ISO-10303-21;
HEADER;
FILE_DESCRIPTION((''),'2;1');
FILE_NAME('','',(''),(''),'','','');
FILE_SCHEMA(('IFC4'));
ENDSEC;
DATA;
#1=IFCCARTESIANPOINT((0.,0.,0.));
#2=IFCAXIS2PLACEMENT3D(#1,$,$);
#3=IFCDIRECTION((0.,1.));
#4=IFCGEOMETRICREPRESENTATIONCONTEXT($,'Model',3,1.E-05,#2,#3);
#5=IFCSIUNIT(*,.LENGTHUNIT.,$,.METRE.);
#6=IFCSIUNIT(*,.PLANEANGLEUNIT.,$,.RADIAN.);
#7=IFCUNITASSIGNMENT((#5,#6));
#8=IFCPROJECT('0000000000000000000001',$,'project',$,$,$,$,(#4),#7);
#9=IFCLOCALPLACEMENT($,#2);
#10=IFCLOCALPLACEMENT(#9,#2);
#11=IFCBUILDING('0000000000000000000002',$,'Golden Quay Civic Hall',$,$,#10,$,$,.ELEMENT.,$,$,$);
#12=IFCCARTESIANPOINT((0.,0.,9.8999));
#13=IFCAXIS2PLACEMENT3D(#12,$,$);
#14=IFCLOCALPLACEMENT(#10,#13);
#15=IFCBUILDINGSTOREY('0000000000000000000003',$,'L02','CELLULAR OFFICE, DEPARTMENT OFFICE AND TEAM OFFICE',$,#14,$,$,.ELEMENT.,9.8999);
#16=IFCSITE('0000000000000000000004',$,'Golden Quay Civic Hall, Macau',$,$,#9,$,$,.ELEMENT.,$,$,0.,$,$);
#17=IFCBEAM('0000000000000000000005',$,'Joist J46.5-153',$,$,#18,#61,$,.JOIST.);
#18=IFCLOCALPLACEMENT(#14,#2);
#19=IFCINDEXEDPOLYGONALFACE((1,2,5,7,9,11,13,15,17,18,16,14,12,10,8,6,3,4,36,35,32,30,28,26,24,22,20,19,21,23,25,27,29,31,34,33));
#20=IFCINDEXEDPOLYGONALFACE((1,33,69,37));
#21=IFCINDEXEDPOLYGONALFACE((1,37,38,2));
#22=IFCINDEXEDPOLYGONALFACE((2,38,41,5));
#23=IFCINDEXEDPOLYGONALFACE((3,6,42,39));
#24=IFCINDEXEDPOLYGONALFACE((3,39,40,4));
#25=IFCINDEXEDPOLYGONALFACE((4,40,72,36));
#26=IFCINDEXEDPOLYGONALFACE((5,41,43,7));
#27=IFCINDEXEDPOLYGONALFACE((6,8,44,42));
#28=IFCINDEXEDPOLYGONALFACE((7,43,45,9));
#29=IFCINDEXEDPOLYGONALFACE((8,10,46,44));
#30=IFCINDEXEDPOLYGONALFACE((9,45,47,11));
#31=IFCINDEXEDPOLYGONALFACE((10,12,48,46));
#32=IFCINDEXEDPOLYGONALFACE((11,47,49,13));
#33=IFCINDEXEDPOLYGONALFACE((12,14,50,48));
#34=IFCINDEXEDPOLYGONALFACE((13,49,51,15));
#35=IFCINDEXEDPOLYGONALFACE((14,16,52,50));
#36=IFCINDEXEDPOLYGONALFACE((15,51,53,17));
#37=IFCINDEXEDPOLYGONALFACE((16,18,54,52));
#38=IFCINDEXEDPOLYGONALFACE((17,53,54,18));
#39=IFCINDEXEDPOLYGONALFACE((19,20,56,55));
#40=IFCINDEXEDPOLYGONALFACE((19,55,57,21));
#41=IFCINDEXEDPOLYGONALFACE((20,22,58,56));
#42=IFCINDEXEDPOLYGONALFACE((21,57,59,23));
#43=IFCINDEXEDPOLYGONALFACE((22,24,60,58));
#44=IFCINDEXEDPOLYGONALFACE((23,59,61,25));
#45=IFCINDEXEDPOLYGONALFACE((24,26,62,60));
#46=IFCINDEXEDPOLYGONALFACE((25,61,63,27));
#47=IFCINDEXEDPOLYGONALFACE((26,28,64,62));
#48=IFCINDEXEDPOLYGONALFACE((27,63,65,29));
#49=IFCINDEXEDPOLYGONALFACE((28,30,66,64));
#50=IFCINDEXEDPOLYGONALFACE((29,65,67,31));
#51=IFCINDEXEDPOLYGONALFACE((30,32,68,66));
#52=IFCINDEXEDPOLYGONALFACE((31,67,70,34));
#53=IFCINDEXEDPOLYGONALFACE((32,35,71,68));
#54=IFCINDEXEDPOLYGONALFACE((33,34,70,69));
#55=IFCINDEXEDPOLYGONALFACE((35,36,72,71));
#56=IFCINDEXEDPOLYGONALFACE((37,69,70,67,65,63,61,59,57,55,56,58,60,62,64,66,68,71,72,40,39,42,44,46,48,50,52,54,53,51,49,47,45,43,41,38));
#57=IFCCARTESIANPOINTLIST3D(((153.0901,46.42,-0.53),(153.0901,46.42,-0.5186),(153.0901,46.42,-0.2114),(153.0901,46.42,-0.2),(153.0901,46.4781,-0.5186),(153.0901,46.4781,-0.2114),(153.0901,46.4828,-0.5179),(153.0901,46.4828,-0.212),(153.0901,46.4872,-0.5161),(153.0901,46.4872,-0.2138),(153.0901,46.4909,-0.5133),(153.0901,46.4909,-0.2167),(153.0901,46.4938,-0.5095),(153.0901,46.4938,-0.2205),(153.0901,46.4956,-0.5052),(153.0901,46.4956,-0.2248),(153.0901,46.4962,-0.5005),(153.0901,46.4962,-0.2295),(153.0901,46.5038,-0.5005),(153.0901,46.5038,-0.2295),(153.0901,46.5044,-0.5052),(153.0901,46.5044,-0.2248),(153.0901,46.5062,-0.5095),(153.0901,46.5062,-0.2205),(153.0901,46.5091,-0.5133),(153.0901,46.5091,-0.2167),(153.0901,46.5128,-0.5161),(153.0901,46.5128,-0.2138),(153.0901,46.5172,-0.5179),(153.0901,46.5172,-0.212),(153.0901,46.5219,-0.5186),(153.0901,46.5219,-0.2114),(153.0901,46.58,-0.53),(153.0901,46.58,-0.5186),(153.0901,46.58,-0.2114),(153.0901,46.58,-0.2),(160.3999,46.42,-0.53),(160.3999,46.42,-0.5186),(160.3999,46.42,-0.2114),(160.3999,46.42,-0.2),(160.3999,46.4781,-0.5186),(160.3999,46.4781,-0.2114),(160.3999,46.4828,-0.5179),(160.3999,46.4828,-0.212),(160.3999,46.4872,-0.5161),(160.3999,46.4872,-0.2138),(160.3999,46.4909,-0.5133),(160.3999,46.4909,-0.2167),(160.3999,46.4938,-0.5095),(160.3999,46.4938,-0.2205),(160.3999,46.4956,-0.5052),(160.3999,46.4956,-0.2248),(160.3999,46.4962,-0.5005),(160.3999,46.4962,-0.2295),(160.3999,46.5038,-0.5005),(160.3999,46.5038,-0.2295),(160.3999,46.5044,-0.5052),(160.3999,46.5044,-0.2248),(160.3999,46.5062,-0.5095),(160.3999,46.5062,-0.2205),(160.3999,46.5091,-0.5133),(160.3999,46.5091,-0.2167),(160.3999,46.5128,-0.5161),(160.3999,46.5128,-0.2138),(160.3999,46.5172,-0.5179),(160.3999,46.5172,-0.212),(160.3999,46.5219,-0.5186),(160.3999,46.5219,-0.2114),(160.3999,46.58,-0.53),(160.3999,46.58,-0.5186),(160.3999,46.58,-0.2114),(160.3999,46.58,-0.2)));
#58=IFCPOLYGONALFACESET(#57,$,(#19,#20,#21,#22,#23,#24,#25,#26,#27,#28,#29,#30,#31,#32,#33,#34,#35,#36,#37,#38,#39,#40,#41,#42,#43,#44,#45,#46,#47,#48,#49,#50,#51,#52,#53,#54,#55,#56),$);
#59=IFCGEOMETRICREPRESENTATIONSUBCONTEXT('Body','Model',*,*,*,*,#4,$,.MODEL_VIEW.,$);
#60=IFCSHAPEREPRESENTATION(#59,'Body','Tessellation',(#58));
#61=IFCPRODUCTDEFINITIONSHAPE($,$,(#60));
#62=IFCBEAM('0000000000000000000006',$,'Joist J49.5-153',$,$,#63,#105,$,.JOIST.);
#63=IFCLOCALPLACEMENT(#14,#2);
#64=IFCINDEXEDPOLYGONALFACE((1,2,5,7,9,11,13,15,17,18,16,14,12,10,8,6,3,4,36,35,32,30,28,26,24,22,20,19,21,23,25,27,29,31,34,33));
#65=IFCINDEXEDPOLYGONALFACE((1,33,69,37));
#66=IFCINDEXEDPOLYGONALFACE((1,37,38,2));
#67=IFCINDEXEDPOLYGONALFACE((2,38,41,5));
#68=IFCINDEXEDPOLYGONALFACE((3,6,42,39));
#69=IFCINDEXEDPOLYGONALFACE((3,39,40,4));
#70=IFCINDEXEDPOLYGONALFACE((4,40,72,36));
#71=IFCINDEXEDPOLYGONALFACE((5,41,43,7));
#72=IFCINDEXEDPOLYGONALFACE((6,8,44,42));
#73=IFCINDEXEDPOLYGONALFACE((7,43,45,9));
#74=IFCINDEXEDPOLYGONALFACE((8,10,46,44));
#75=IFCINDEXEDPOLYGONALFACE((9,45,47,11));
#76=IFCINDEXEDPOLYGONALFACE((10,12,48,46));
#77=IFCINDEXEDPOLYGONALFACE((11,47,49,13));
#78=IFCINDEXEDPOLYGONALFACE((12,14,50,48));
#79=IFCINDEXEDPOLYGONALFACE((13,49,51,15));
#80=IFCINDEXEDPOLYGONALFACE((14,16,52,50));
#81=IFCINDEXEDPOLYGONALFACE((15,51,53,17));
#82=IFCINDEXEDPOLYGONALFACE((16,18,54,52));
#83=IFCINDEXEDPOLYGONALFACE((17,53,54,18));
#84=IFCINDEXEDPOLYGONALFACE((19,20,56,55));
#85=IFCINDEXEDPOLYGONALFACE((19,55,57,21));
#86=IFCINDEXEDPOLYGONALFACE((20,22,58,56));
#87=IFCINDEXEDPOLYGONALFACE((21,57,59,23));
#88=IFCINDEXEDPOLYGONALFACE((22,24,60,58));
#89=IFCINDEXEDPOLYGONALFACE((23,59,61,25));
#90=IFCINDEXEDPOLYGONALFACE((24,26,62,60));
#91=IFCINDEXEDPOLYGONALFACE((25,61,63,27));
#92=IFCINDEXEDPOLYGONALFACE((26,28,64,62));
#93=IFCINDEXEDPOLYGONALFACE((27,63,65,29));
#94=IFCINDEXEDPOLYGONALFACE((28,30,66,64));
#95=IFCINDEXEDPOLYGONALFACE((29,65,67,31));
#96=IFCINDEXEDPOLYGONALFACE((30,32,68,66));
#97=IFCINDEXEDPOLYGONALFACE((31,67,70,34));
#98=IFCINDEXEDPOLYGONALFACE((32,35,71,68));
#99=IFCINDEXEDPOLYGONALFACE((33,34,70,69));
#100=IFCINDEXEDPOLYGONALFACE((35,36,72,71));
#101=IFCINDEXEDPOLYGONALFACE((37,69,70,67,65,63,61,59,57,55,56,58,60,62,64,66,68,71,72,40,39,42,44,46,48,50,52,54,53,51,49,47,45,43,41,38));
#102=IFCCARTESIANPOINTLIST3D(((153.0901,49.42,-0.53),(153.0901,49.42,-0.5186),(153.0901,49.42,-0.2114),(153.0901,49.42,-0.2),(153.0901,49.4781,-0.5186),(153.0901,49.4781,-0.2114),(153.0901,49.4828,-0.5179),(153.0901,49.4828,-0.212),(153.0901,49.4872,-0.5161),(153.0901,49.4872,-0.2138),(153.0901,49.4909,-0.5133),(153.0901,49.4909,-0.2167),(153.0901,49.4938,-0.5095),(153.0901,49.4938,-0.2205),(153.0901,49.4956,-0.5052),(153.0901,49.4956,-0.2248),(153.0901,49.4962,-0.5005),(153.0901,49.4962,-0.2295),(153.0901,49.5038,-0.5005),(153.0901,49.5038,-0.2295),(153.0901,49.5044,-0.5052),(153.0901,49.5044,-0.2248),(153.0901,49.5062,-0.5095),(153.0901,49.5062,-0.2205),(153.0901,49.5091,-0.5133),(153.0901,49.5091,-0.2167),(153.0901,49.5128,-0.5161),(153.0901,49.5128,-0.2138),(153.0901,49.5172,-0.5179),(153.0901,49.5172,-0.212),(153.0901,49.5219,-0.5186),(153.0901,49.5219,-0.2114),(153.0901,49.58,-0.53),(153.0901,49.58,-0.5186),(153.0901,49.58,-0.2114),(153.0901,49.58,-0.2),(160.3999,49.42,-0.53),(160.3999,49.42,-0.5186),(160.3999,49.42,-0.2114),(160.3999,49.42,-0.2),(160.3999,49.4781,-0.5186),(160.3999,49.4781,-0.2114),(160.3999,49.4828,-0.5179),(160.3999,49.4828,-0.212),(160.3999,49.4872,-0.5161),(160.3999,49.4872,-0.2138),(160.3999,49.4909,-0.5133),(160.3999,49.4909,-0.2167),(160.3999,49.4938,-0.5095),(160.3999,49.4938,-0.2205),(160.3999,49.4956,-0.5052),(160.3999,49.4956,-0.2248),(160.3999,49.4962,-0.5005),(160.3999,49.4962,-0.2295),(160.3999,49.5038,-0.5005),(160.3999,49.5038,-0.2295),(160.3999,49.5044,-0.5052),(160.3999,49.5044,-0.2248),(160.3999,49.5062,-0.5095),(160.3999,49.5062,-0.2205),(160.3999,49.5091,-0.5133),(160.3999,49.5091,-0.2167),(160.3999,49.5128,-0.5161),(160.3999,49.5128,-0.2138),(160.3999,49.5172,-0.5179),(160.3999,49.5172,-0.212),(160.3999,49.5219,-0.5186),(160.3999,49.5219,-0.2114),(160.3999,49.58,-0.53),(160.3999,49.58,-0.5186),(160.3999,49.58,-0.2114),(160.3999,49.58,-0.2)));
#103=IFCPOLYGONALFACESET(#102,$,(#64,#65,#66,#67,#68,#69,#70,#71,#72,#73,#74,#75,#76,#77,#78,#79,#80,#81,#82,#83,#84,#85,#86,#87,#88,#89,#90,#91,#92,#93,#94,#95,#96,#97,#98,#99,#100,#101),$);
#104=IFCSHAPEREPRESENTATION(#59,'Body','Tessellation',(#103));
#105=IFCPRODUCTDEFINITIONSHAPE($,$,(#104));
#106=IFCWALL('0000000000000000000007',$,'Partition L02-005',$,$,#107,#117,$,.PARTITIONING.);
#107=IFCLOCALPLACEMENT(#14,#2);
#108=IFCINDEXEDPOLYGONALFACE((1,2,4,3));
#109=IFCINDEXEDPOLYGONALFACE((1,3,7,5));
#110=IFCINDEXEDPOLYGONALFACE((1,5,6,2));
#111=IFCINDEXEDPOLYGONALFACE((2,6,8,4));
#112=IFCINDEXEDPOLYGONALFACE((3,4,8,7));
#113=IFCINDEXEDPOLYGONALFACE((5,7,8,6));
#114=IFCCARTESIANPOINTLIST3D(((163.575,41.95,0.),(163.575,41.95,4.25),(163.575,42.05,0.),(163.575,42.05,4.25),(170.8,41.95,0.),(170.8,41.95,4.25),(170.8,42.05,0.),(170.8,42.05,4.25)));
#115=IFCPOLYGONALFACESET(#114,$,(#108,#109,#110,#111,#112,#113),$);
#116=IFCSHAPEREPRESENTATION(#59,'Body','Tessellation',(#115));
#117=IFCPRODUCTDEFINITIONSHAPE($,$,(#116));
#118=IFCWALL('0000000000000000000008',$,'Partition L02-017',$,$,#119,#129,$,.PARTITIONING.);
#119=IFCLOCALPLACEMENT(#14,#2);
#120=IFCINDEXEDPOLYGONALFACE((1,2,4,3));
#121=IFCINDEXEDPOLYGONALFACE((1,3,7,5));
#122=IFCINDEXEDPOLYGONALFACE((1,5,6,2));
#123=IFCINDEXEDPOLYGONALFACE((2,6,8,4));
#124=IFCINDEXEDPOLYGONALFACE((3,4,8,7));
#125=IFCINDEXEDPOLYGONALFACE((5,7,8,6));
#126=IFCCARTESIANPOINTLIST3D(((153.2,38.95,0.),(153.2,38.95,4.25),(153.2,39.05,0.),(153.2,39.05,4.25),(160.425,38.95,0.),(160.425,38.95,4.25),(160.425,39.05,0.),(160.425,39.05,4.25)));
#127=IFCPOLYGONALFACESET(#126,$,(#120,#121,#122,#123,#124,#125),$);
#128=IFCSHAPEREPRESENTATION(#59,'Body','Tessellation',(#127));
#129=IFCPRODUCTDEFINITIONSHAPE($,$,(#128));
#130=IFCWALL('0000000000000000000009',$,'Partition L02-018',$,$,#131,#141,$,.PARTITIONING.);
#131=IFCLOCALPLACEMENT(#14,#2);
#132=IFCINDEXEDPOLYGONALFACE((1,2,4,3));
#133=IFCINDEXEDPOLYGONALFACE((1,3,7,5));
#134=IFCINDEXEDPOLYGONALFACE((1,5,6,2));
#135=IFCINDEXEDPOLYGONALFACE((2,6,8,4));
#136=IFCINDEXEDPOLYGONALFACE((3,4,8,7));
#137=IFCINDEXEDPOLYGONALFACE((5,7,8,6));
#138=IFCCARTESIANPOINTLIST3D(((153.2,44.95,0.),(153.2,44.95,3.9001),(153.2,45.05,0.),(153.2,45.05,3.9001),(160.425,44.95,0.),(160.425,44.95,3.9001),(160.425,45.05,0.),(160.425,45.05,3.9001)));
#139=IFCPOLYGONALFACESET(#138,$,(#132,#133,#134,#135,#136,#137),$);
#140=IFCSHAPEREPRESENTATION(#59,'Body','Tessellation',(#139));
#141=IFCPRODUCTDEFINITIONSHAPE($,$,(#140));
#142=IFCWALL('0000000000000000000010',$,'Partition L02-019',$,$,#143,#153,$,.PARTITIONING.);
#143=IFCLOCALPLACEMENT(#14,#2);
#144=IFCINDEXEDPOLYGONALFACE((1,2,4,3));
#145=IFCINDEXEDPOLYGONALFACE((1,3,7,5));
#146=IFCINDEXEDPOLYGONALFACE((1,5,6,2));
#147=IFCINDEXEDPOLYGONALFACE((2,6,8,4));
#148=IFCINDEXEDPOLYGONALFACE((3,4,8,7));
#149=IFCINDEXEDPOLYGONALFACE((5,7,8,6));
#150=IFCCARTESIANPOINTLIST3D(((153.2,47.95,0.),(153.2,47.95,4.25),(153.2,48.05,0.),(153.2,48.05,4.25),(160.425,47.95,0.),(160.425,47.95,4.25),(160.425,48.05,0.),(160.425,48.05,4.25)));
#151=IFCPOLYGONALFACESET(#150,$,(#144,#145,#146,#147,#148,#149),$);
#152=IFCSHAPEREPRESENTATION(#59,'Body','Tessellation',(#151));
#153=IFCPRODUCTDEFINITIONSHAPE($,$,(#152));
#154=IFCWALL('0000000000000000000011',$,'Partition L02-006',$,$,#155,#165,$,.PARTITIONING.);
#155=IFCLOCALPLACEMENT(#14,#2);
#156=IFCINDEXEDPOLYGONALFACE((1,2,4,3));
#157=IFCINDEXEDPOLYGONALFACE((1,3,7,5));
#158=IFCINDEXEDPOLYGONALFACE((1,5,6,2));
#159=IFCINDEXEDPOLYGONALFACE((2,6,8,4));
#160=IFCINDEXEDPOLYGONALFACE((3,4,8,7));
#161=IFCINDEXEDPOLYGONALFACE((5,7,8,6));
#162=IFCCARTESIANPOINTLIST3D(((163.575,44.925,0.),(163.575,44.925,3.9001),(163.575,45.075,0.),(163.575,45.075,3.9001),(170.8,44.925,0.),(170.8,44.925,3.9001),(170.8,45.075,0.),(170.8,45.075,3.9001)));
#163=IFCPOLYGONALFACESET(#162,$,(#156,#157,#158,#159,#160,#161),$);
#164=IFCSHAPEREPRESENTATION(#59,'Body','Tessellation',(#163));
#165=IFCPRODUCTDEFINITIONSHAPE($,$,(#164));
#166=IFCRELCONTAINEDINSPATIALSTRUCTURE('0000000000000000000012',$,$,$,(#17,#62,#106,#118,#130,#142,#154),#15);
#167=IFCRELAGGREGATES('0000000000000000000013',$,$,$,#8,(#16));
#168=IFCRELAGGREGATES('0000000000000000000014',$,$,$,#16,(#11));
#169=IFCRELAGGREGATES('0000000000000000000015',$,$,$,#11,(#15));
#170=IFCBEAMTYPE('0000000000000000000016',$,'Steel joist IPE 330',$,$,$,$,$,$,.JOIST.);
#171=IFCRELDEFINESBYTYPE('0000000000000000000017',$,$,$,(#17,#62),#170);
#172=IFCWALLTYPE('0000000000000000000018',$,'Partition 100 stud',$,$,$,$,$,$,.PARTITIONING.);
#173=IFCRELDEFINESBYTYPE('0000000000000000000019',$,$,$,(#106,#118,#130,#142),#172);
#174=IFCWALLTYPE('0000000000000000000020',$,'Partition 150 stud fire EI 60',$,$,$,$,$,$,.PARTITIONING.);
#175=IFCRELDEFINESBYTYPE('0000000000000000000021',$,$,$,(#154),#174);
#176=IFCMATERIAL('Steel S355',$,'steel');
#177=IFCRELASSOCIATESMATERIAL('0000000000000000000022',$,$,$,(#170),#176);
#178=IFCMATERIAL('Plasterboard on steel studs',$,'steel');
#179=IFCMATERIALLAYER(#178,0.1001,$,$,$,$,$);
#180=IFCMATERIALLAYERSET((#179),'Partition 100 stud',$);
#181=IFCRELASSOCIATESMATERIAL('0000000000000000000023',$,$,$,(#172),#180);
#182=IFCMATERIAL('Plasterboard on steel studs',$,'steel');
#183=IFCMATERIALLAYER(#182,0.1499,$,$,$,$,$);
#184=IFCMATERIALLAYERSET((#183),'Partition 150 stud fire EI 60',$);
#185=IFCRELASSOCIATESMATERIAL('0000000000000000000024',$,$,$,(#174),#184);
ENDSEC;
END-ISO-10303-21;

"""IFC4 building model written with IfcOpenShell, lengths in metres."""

from ifc_helpers import new_model, si_unit, direction, frame, frame_2d, origin, origin_2d, place, context, subcontext, project, spatial, rectangle, i_section, extrude, material, layer, layer_set, material_profile, profile_set, type_object, element, save


model = new_model("IFC4")

# Units and contexts
model_context = context("Model", 3, precision=1e-05, world=origin(), true_north=direction((0.0, 1.0)))
body_context = subcontext(model_context, "Body", "Model", "MODEL_VIEW")
ifc_project = project(units=[si_unit("LENGTHUNIT", "METRE"), si_unit("PLANEANGLEUNIT", "RADIAN")], contexts=[model_context])

# Site, building, storey
site_placement = place(None, origin())
site = spatial("IfcSite", under=ifc_project, at=site_placement, Name="Golden Quay Civic Hall, Macau", CompositionType="ELEMENT", RefElevation=0.0)
building_placement = place(site_placement, origin())
building = spatial("IfcBuilding", under=site, at=building_placement, Name="Golden Quay Civic Hall", CompositionType="ELEMENT")
storey_placement = place(building_placement, frame((0.0, 0.0, 9.8999)))
storey = spatial("IfcBuildingStorey", under=building, at=storey_placement, Name="L02", Description="CELLULAR OFFICE, DEPARTMENT OFFICE AND TEAM OFFICE", CompositionType="ELEMENT", Elevation=9.8999)

# Beams
ifc_material_1 = material(Name="Steel S355", Category="steel")
ifc_material_profile_1 = material_profile(ifc_material_1, i_section(OverallWidth=0.1599, OverallDepth=0.3301, WebThickness=0.0076, FlangeThickness=0.0115, FilletRadius=0.0181, at=origin_2d()), Name="IPE 330")
ifc_profile_set_1 = profile_set([ifc_material_profile_1], Name="Steel S355")
beam_type_1 = type_object("IfcBeamType", Name="Steel joist IPE 330", PredefinedType="JOIST", material=ifc_profile_set_1)
for number, where, z_axis, x_axis, name in (
    (1, (153.0901, 46.5, -0.365), (1.0, 0.0, 0.0), (0.0, 1.0, 0.0), "Joist J46.5-153"),
    (2, (153.0901, 49.5, -0.365), (1.0, 0.0, 0.0), (0.0, 1.0, 0.0), "Joist J49.5-153"),
):
    element("IfcBeam", number, at=place(storey_placement, frame(where, z_axis=z_axis, x_axis=x_axis)), inside=storey, type_object=beam_type_1, Name=name, PredefinedType="JOIST", context=body_context, shape_type="SweptSolid", body=[
        extrude(i_section(OverallWidth=0.1599, OverallDepth=0.3301, WebThickness=0.0076, FlangeThickness=0.0115, FilletRadius=0.0181, at=origin_2d()), origin(), (0.0, 0.0, 1.0), 7.3098),
    ])

# Walls
ifc_material_2 = material(Name="Plasterboard on steel studs", Category="steel")
ifc_layer_1 = layer(ifc_material_2, 0.1001)
ifc_layer_set_1 = layer_set([ifc_layer_1], Name="Partition 100 stud")
wall_type_1 = type_object("IfcWallType", Name="Partition 100 stud", PredefinedType="PARTITIONING", material=ifc_layer_set_1)
for number, where, z_axis, x_axis, name in (
    (3, (163.575, 42.0, 0.0), (0.0, 0.0, 1.0), (1.0, 0.0, 0.0), "Partition L02-005"),
    (4, (153.2, 39.0, 0.0), (0.0, 0.0, 1.0), (1.0, 0.0, 0.0), "Partition L02-017"),
):
    element("IfcWall", number, at=place(storey_placement, frame(where, z_axis=z_axis, x_axis=x_axis)), inside=storey, type_object=wall_type_1, Name=name, PredefinedType="PARTITIONING", context=body_context, shape_type="SweptSolid", body=[
        extrude(rectangle(XDim=7.2251, YDim=0.1001, at=frame_2d((3.6125, 0.0))), origin(), (0.0, 0.0, 1.0), 4.25),
    ])
wall_1_placement = place(storey_placement, frame((153.2, 45.0, 0.0), z_axis=(0.0, 0.0, 1.0), x_axis=(1.0, 0.0, 0.0)))
element("IfcWall", 5, at=wall_1_placement, inside=storey, type_object=wall_type_1, Name="Partition L02-018", PredefinedType="PARTITIONING", context=body_context, shape_type="SweptSolid", body=[
    extrude(rectangle(XDim=7.2251, YDim=0.1001, at=frame_2d((3.6125, 0.0))), origin(), (0.0, 0.0, 1.0), 3.9001),
])
wall_2_placement = place(storey_placement, frame((153.2, 48.0, 0.0), z_axis=(0.0, 0.0, 1.0), x_axis=(1.0, 0.0, 0.0)))
element("IfcWall", 6, at=wall_2_placement, inside=storey, type_object=wall_type_1, Name="Partition L02-019", PredefinedType="PARTITIONING", context=body_context, shape_type="SweptSolid", body=[
    extrude(rectangle(XDim=7.2251, YDim=0.1001, at=frame_2d((3.6125, 0.0))), origin(), (0.0, 0.0, 1.0), 4.25),
])
ifc_material_3 = material(Name="Plasterboard on steel studs", Category="steel")
ifc_layer_2 = layer(ifc_material_3, 0.1499)
ifc_layer_set_2 = layer_set([ifc_layer_2], Name="Partition 150 stud fire EI 60")
wall_type_2 = type_object("IfcWallType", Name="Partition 150 stud fire EI 60", PredefinedType="PARTITIONING", material=ifc_layer_set_2)
wall_3_placement = place(storey_placement, frame((163.575, 45.0, 0.0), z_axis=(0.0, 0.0, 1.0), x_axis=(1.0, 0.0, 0.0)))
element("IfcWall", 7, at=wall_3_placement, inside=storey, type_object=wall_type_2, Name="Partition L02-006", PredefinedType="PARTITIONING", context=body_context, shape_type="SweptSolid", body=[
    extrude(rectangle(XDim=7.2251, YDim=0.1499, at=frame_2d((3.6125, 0.0))), origin(), (0.0, 0.0, 1.0), 3.9001),
])

save(model, "model.ifc")
